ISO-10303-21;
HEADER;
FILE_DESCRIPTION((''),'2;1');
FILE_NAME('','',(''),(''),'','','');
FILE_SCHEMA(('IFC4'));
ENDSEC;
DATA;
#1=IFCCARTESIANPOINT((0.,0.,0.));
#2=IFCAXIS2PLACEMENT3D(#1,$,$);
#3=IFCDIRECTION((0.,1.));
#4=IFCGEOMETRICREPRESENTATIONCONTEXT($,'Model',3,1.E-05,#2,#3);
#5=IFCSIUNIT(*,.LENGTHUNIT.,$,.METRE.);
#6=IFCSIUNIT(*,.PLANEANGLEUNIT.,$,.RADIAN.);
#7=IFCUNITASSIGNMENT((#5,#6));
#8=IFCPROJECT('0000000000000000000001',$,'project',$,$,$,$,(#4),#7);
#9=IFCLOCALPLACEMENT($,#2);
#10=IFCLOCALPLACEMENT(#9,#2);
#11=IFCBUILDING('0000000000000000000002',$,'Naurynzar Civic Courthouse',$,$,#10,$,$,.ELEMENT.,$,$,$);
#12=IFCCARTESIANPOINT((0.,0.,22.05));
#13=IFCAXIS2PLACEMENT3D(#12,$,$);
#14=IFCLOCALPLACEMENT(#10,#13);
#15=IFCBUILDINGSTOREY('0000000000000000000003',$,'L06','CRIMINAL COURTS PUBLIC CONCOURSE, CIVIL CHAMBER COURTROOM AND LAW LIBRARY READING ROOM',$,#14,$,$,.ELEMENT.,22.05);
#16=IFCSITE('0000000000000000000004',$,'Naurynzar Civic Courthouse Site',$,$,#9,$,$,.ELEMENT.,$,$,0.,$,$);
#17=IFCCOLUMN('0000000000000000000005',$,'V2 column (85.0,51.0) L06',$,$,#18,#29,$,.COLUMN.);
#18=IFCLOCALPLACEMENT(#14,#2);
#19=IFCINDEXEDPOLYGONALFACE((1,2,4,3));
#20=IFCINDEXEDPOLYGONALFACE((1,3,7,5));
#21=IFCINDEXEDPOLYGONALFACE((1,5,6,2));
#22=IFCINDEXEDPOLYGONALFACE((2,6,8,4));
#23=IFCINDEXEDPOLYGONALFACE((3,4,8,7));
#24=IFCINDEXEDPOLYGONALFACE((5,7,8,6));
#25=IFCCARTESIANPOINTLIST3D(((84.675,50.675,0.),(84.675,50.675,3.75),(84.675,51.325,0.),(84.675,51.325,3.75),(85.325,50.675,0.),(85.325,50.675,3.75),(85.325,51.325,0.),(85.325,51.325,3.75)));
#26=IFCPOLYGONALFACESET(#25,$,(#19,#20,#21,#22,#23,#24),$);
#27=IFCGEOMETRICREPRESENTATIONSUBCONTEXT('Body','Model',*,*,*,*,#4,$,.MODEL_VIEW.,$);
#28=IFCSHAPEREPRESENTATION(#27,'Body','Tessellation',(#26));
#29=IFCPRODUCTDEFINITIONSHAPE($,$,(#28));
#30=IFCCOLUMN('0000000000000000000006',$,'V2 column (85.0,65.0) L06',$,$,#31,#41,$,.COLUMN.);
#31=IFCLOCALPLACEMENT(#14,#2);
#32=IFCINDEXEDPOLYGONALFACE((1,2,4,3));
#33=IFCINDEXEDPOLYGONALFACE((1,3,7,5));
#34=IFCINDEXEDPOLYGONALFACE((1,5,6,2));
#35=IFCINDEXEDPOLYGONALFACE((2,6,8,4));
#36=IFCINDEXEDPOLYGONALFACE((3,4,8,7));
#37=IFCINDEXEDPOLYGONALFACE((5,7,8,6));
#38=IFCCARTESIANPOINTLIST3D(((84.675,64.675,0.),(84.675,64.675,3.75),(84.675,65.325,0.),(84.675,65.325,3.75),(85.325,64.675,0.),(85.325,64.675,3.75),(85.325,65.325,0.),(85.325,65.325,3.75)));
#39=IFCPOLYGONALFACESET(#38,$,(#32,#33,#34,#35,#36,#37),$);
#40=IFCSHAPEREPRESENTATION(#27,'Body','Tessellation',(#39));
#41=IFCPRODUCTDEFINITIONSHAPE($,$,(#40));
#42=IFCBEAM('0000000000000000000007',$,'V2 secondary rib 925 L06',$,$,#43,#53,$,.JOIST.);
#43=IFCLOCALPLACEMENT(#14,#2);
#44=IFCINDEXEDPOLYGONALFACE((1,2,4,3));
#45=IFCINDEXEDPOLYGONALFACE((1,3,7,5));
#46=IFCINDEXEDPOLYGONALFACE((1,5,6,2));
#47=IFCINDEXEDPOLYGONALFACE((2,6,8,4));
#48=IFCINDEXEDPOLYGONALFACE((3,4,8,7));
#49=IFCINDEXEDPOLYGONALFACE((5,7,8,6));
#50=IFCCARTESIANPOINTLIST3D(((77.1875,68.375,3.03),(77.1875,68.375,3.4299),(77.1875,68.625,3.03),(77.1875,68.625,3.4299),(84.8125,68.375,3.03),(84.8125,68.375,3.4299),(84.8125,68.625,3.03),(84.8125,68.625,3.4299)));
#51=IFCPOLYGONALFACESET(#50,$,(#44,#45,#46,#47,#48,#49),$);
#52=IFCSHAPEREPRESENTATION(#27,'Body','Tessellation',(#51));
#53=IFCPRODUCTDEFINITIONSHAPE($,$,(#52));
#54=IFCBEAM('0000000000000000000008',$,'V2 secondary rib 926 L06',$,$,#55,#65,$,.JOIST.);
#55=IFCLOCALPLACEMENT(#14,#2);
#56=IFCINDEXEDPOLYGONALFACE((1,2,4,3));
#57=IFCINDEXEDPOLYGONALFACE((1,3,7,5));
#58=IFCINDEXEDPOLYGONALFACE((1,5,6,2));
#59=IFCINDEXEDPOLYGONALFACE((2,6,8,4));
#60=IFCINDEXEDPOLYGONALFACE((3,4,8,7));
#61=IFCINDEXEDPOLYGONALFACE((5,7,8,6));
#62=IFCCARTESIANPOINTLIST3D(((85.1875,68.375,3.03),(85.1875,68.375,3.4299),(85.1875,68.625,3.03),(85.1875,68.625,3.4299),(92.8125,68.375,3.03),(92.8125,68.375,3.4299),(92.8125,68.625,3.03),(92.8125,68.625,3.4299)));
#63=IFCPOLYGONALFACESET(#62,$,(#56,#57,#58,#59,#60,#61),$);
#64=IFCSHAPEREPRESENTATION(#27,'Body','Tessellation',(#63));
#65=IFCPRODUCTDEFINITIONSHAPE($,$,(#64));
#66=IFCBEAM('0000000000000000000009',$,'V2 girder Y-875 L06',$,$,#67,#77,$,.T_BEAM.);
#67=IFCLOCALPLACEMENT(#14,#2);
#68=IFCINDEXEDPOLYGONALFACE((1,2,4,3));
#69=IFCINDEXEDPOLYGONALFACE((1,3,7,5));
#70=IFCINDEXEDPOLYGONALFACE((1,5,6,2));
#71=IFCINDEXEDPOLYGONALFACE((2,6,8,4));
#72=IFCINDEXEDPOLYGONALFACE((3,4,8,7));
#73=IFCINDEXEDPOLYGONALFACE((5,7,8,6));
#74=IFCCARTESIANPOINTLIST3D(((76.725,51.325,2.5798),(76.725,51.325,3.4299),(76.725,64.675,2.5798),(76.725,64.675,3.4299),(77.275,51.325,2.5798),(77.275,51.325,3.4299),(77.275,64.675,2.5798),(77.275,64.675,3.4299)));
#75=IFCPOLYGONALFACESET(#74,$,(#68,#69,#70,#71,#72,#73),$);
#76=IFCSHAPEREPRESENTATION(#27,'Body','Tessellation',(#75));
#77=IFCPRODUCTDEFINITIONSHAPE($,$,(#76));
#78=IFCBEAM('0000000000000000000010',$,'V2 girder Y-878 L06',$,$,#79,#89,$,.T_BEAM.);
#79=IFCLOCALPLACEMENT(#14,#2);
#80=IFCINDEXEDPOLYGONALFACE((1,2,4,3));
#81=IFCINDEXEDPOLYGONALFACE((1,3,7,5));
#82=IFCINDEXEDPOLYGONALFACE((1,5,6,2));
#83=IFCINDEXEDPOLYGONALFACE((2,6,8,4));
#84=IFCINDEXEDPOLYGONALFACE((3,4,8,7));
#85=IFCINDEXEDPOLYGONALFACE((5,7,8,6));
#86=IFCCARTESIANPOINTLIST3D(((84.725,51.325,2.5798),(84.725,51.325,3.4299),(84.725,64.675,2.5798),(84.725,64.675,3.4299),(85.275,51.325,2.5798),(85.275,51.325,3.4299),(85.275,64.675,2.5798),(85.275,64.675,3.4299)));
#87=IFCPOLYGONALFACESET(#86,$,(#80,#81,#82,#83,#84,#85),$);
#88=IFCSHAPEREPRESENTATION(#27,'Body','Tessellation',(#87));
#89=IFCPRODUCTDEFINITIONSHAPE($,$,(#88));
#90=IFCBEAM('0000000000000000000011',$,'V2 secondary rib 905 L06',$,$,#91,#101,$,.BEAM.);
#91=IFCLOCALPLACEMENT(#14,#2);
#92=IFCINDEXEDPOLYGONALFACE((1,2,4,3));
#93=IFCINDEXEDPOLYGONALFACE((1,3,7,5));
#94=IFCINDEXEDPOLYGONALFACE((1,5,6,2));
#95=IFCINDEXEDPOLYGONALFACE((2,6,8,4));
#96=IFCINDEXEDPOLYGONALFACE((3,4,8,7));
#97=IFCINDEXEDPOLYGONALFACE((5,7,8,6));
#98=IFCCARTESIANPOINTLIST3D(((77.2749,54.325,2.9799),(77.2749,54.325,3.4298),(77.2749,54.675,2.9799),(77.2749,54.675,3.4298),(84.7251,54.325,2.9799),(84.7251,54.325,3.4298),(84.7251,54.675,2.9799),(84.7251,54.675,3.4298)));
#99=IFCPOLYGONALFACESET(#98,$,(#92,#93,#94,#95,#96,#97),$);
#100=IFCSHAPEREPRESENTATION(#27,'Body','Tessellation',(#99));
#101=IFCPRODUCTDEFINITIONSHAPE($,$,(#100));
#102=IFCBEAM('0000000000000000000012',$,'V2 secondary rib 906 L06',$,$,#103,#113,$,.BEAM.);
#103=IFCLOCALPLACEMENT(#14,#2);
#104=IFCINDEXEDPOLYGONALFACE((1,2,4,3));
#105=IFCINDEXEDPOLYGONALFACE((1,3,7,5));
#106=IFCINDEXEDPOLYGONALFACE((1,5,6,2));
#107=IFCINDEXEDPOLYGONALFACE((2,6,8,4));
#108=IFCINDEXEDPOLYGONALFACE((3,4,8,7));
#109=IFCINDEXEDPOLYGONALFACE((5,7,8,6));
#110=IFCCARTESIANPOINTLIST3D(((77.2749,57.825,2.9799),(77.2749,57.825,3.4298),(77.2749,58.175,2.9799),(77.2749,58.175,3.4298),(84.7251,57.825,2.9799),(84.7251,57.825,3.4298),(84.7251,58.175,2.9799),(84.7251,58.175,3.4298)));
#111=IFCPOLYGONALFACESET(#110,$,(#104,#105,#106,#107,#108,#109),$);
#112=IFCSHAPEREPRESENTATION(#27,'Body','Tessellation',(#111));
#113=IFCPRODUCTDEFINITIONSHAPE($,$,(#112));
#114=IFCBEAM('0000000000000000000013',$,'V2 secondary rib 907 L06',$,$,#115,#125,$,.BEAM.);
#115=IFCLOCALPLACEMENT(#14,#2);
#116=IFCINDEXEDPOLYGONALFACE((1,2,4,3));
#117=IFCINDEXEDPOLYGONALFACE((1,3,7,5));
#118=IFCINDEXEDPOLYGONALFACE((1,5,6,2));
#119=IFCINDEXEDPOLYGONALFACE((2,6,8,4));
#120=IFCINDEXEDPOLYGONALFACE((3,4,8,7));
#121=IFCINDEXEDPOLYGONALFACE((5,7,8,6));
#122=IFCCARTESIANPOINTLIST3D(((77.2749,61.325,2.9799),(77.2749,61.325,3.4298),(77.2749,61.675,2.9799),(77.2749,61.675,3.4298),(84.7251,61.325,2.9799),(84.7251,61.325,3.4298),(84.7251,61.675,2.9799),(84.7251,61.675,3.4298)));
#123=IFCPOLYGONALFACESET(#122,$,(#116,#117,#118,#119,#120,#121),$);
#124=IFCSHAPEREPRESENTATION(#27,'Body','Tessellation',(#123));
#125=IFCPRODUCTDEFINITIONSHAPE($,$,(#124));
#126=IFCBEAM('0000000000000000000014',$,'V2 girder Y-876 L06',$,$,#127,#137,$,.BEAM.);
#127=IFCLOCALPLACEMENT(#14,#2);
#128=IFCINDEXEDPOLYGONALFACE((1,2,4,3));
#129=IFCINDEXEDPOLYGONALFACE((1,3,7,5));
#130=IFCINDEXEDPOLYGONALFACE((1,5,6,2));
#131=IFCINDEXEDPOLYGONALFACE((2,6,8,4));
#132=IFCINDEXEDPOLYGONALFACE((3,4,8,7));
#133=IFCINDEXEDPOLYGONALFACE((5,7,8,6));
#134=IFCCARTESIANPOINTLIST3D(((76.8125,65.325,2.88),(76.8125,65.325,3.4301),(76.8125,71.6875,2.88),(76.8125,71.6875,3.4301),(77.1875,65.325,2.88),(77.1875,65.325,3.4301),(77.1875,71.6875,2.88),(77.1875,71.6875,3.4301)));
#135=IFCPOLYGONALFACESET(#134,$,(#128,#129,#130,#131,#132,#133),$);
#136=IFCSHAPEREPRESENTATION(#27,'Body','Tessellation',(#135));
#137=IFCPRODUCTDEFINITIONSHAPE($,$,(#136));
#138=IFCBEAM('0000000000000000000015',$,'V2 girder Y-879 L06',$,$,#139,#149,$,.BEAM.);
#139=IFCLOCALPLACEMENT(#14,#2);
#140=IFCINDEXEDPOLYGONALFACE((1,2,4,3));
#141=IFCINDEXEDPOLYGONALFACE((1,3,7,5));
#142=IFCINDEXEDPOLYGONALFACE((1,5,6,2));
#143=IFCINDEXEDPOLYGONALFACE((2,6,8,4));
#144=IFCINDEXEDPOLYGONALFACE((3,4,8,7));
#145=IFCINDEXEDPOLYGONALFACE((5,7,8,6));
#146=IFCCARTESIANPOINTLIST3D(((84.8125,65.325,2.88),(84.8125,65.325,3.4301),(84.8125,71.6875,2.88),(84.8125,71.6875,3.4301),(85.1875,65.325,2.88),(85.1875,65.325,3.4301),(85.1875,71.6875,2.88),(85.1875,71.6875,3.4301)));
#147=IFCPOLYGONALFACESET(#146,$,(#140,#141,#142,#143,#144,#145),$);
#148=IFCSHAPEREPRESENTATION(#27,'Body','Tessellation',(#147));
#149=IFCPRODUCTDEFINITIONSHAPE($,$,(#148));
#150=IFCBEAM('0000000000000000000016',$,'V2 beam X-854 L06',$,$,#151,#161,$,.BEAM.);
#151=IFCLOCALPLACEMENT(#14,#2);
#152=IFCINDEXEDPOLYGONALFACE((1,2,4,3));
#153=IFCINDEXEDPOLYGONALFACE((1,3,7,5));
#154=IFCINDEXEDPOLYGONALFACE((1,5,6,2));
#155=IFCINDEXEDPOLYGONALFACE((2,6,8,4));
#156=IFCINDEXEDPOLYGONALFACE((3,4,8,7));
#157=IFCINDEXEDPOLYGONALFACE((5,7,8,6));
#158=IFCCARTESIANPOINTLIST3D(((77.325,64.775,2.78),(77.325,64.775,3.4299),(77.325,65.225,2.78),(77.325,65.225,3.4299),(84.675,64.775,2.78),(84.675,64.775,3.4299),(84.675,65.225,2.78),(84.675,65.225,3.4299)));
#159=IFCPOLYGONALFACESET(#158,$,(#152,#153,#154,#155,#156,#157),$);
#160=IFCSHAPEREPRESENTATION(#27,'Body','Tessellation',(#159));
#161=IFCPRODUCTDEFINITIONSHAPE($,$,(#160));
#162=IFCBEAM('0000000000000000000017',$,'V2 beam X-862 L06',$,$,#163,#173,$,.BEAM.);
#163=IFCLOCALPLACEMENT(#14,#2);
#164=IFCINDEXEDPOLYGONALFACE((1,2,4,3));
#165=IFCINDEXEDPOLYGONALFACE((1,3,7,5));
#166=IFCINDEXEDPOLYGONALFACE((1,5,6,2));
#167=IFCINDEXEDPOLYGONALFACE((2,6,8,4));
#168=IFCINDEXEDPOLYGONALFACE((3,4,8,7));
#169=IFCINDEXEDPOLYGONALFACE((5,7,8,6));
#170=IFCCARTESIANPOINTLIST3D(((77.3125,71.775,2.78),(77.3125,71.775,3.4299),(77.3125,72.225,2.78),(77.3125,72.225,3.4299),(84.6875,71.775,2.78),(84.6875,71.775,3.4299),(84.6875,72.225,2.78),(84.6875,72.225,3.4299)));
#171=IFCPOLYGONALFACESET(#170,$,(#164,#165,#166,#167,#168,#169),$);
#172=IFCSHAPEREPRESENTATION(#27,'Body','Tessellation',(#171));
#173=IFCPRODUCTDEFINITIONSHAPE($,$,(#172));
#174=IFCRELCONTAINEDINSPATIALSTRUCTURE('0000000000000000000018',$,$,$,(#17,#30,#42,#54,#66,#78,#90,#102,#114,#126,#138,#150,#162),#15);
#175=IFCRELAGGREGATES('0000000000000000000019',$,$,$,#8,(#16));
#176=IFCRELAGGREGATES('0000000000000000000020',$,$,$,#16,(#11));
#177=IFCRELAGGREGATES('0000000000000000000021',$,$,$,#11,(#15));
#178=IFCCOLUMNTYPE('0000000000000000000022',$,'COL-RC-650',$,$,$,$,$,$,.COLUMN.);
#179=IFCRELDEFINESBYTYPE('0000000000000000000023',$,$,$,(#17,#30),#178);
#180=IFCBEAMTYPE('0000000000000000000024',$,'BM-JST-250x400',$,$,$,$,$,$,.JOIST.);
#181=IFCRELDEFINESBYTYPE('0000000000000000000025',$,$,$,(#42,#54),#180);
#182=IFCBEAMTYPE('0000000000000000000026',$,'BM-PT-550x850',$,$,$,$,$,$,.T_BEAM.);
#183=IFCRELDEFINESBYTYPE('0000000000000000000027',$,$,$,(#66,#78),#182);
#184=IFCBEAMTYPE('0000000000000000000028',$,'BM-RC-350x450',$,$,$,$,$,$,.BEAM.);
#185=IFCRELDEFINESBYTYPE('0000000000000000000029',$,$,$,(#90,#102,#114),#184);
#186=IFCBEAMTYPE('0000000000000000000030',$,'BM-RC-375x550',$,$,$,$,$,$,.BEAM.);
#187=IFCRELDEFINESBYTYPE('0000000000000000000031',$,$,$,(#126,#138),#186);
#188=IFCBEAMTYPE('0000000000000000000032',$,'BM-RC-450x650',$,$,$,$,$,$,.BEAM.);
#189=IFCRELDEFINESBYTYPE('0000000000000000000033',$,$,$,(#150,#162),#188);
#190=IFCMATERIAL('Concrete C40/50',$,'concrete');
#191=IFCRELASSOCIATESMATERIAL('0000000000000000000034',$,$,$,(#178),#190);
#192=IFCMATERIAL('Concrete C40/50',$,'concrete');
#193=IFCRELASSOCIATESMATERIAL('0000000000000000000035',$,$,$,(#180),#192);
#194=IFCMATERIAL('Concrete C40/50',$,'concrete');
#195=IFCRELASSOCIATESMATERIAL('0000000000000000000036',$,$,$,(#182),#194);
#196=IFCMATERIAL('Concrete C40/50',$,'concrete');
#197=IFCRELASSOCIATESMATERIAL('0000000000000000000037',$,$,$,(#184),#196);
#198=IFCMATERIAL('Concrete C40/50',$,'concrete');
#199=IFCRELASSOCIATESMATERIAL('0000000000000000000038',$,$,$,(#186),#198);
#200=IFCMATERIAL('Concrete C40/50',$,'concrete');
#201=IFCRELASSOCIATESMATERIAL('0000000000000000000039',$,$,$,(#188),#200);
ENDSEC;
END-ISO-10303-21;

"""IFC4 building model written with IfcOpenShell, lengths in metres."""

from ifc_helpers import new_model, si_unit, direction, frame, origin, origin_2d, place, context, subcontext, project, spatial, rectangle, extrude, material, material_profile, profile_set, type_object, element, save


model = new_model("IFC4")

# Units and contexts
model_context = context("Model", 3, precision=1e-05, world=origin(), true_north=direction((0.0, 1.0)))
body_context = subcontext(model_context, "Body", "Model", "MODEL_VIEW")
ifc_project = project(units=[si_unit("LENGTHUNIT", "METRE"), si_unit("PLANEANGLEUNIT", "RADIAN")], contexts=[model_context])

# Site, building, storey
site_placement = place(None, origin())
site = spatial("IfcSite", under=ifc_project, at=site_placement, Name="Naurynzar Civic Courthouse Site", CompositionType="ELEMENT", RefElevation=0.0)
building_placement = place(site_placement, origin())
building = spatial("IfcBuilding", under=site, at=building_placement, Name="Naurynzar Civic Courthouse", CompositionType="ELEMENT")
storey_placement = place(building_placement, frame((0.0, 0.0, 22.05)))
storey = spatial("IfcBuildingStorey", under=building, at=storey_placement, Name="L06", Description="CRIMINAL COURTS PUBLIC CONCOURSE, CIVIL CHAMBER COURTROOM AND LAW LIBRARY READING ROOM", CompositionType="ELEMENT", Elevation=22.05)

# Columns
ifc_material_1 = material(Name="Concrete C40/50", Category="concrete")
ifc_material_profile_1 = material_profile(ifc_material_1, rectangle(XDim=0.6499, YDim=0.6499, at=origin_2d()), Name="RC 650x650")
ifc_profile_set_1 = profile_set([ifc_material_profile_1], Name="Concrete C40/50")
column_type = type_object("IfcColumnType", Name="COL-RC-650", PredefinedType="COLUMN", material=ifc_profile_set_1)
for number, where, z_axis, x_axis, name in (
    (1, (85.0, 51.0, 0.0), (0.0, 0.0, 1.0), (1.0, 0.0, 0.0), "V2 column (85.0,51.0) L06"),
    (2, (85.0, 65.0, 0.0), (0.0, 0.0, 1.0), (1.0, 0.0, 0.0), "V2 column (85.0,65.0) L06"),
):
    element("IfcColumn", number, at=place(storey_placement, frame(where, z_axis=z_axis, x_axis=x_axis)), inside=storey, type_object=column_type, Name=name, PredefinedType="COLUMN", context=body_context, shape_type="SweptSolid", body=[
        extrude(rectangle(XDim=0.6499, YDim=0.6499, at=origin_2d()), origin(), (0.0, 0.0, 1.0), 3.75),
    ])

# Beams
ifc_material_2 = material(Name="Concrete C40/50", Category="concrete")
ifc_material_profile_2 = material_profile(ifc_material_2, rectangle(XDim=0.25, YDim=0.3999, at=origin_2d()), Name="RCB 250x400")
ifc_profile_set_2 = profile_set([ifc_material_profile_2], Name="Concrete C40/50")
beam_type_1 = type_object("IfcBeamType", Name="BM-JST-250x400", PredefinedType="JOIST", material=ifc_profile_set_2)
for number, where, z_axis, x_axis, name in (
    (3, (77.1875, 68.5, 3.23), (1.0, 0.0, 0.0), (0.0, 1.0, 0.0), "V2 secondary rib 925 L06"),
    (4, (85.1875, 68.5, 3.23), (1.0, 0.0, 0.0), (0.0, 1.0, 0.0), "V2 secondary rib 926 L06"),
):
    element("IfcBeam", number, at=place(storey_placement, frame(where, z_axis=z_axis, x_axis=x_axis)), inside=storey, type_object=beam_type_1, Name=name, PredefinedType="JOIST", context=body_context, shape_type="SweptSolid", body=[
        extrude(rectangle(XDim=0.25, YDim=0.3999, at=origin_2d()), origin(), (0.0, 0.0, 1.0), 7.625),
    ])
ifc_material_3 = material(Name="Concrete C40/50", Category="concrete")
ifc_material_profile_3 = material_profile(ifc_material_3, rectangle(XDim=0.55, YDim=0.8501, at=origin_2d()), Name="PTB 550x850")
ifc_profile_set_3 = profile_set([ifc_material_profile_3], Name="Concrete C40/50")
beam_type_2 = type_object("IfcBeamType", Name="BM-PT-550x850", PredefinedType="T_BEAM", material=ifc_profile_set_3)
for number, where, z_axis, x_axis, name in (
    (5, (77.0, 51.325, 3.0049), (0.0, 1.0, 0.0), (-1.0, 0.0, 0.0), "V2 girder Y-875 L06"),
    (6, (85.0, 51.325, 3.0049), (0.0, 1.0, 0.0), (-1.0, 0.0, 0.0), "V2 girder Y-878 L06"),
):
    element("IfcBeam", number, at=place(storey_placement, frame(where, z_axis=z_axis, x_axis=x_axis)), inside=storey, type_object=beam_type_2, Name=name, PredefinedType="T_BEAM", context=body_context, shape_type="SweptSolid", body=[
        extrude(rectangle(XDim=0.55, YDim=0.8501, at=origin_2d()), origin(), (0.0, 0.0, 1.0), 13.3501),
    ])
ifc_material_4 = material(Name="Concrete C40/50", Category="concrete")
ifc_material_profile_4 = material_profile(ifc_material_4, rectangle(XDim=0.3501, YDim=0.45, at=origin_2d()), Name="RCB 350x450")
ifc_profile_set_4 = profile_set([ifc_material_profile_4], Name="Concrete C40/50")
beam_type_3 = type_object("IfcBeamType", Name="BM-RC-350x450", PredefinedType="BEAM", material=ifc_profile_set_4)
for number, where, z_axis, x_axis, name in (
    (7, (77.2749, 54.5, 3.2048), (1.0, 0.0, 0.0), (0.0, 1.0, 0.0), "V2 secondary rib 905 L06"),
    (8, (77.2749, 58.0, 3.2048), (1.0, 0.0, 0.0), (0.0, 1.0, 0.0), "V2 secondary rib 906 L06"),
    (9, (77.2749, 61.5, 3.2048), (1.0, 0.0, 0.0), (0.0, 1.0, 0.0), "V2 secondary rib 907 L06"),
):
    element("IfcBeam", number, at=place(storey_placement, frame(where, z_axis=z_axis, x_axis=x_axis)), inside=storey, type_object=beam_type_3, Name=name, PredefinedType="BEAM", context=body_context, shape_type="SweptSolid", body=[
        extrude(rectangle(XDim=0.3501, YDim=0.45, at=origin_2d()), origin(), (0.0, 0.0, 1.0), 7.4502),
    ])
ifc_material_5 = material(Name="Concrete C40/50", Category="concrete")
ifc_material_profile_5 = material_profile(ifc_material_5, rectangle(XDim=0.375, YDim=0.55, at=origin_2d()), Name="RCB 375x550")
ifc_profile_set_5 = profile_set([ifc_material_profile_5], Name="Concrete C40/50")
beam_type_4 = type_object("IfcBeamType", Name="BM-RC-375x550", PredefinedType="BEAM", material=ifc_profile_set_5)
for number, where, z_axis, x_axis, name in (
    (10, (77.0, 65.325, 3.155), (0.0, 1.0, 0.0), (-1.0, 0.0, 0.0), "V2 girder Y-876 L06"),
    (11, (85.0, 65.325, 3.155), (0.0, 1.0, 0.0), (-1.0, 0.0, 0.0), "V2 girder Y-879 L06"),
):
    element("IfcBeam", number, at=place(storey_placement, frame(where, z_axis=z_axis, x_axis=x_axis)), inside=storey, type_object=beam_type_4, Name=name, PredefinedType="BEAM", context=body_context, shape_type="SweptSolid", body=[
        extrude(rectangle(XDim=0.375, YDim=0.55, at=origin_2d()), origin(), (0.0, 0.0, 1.0), 6.3625),
    ])
ifc_material_6 = material(Name="Concrete C40/50", Category="concrete")
ifc_material_profile_6 = material_profile(ifc_material_6, rectangle(XDim=0.45, YDim=0.6499, at=origin_2d()), Name="RCB 450x650")
ifc_profile_set_6 = profile_set([ifc_material_profile_6], Name="Concrete C40/50")
beam_type_5 = type_object("IfcBeamType", Name="BM-RC-450x650", PredefinedType="BEAM", material=ifc_profile_set_6)
beam_1_placement = place(storey_placement, frame((77.325, 65.0, 3.105), z_axis=(1.0, 0.0, 0.0), x_axis=(0.0, 1.0, 0.0)))
element("IfcBeam", 12, at=beam_1_placement, inside=storey, type_object=beam_type_5, Name="V2 beam X-854 L06", PredefinedType="BEAM", context=body_context, shape_type="SweptSolid", body=[
    extrude(rectangle(XDim=0.45, YDim=0.6499, at=origin_2d()), origin(), (0.0, 0.0, 1.0), 7.3501),
])
beam_2_placement = place(storey_placement, frame((77.3125, 72.0, 3.105), z_axis=(1.0, 0.0, 0.0), x_axis=(0.0, 1.0, 0.0)))
element("IfcBeam", 13, at=beam_2_placement, inside=storey, type_object=beam_type_5, Name="V2 beam X-862 L06", PredefinedType="BEAM", context=body_context, shape_type="SweptSolid", body=[
    extrude(rectangle(XDim=0.45, YDim=0.6499, at=origin_2d()), origin(), (0.0, 0.0, 1.0), 7.375),
])

save(model, "model.ifc")
